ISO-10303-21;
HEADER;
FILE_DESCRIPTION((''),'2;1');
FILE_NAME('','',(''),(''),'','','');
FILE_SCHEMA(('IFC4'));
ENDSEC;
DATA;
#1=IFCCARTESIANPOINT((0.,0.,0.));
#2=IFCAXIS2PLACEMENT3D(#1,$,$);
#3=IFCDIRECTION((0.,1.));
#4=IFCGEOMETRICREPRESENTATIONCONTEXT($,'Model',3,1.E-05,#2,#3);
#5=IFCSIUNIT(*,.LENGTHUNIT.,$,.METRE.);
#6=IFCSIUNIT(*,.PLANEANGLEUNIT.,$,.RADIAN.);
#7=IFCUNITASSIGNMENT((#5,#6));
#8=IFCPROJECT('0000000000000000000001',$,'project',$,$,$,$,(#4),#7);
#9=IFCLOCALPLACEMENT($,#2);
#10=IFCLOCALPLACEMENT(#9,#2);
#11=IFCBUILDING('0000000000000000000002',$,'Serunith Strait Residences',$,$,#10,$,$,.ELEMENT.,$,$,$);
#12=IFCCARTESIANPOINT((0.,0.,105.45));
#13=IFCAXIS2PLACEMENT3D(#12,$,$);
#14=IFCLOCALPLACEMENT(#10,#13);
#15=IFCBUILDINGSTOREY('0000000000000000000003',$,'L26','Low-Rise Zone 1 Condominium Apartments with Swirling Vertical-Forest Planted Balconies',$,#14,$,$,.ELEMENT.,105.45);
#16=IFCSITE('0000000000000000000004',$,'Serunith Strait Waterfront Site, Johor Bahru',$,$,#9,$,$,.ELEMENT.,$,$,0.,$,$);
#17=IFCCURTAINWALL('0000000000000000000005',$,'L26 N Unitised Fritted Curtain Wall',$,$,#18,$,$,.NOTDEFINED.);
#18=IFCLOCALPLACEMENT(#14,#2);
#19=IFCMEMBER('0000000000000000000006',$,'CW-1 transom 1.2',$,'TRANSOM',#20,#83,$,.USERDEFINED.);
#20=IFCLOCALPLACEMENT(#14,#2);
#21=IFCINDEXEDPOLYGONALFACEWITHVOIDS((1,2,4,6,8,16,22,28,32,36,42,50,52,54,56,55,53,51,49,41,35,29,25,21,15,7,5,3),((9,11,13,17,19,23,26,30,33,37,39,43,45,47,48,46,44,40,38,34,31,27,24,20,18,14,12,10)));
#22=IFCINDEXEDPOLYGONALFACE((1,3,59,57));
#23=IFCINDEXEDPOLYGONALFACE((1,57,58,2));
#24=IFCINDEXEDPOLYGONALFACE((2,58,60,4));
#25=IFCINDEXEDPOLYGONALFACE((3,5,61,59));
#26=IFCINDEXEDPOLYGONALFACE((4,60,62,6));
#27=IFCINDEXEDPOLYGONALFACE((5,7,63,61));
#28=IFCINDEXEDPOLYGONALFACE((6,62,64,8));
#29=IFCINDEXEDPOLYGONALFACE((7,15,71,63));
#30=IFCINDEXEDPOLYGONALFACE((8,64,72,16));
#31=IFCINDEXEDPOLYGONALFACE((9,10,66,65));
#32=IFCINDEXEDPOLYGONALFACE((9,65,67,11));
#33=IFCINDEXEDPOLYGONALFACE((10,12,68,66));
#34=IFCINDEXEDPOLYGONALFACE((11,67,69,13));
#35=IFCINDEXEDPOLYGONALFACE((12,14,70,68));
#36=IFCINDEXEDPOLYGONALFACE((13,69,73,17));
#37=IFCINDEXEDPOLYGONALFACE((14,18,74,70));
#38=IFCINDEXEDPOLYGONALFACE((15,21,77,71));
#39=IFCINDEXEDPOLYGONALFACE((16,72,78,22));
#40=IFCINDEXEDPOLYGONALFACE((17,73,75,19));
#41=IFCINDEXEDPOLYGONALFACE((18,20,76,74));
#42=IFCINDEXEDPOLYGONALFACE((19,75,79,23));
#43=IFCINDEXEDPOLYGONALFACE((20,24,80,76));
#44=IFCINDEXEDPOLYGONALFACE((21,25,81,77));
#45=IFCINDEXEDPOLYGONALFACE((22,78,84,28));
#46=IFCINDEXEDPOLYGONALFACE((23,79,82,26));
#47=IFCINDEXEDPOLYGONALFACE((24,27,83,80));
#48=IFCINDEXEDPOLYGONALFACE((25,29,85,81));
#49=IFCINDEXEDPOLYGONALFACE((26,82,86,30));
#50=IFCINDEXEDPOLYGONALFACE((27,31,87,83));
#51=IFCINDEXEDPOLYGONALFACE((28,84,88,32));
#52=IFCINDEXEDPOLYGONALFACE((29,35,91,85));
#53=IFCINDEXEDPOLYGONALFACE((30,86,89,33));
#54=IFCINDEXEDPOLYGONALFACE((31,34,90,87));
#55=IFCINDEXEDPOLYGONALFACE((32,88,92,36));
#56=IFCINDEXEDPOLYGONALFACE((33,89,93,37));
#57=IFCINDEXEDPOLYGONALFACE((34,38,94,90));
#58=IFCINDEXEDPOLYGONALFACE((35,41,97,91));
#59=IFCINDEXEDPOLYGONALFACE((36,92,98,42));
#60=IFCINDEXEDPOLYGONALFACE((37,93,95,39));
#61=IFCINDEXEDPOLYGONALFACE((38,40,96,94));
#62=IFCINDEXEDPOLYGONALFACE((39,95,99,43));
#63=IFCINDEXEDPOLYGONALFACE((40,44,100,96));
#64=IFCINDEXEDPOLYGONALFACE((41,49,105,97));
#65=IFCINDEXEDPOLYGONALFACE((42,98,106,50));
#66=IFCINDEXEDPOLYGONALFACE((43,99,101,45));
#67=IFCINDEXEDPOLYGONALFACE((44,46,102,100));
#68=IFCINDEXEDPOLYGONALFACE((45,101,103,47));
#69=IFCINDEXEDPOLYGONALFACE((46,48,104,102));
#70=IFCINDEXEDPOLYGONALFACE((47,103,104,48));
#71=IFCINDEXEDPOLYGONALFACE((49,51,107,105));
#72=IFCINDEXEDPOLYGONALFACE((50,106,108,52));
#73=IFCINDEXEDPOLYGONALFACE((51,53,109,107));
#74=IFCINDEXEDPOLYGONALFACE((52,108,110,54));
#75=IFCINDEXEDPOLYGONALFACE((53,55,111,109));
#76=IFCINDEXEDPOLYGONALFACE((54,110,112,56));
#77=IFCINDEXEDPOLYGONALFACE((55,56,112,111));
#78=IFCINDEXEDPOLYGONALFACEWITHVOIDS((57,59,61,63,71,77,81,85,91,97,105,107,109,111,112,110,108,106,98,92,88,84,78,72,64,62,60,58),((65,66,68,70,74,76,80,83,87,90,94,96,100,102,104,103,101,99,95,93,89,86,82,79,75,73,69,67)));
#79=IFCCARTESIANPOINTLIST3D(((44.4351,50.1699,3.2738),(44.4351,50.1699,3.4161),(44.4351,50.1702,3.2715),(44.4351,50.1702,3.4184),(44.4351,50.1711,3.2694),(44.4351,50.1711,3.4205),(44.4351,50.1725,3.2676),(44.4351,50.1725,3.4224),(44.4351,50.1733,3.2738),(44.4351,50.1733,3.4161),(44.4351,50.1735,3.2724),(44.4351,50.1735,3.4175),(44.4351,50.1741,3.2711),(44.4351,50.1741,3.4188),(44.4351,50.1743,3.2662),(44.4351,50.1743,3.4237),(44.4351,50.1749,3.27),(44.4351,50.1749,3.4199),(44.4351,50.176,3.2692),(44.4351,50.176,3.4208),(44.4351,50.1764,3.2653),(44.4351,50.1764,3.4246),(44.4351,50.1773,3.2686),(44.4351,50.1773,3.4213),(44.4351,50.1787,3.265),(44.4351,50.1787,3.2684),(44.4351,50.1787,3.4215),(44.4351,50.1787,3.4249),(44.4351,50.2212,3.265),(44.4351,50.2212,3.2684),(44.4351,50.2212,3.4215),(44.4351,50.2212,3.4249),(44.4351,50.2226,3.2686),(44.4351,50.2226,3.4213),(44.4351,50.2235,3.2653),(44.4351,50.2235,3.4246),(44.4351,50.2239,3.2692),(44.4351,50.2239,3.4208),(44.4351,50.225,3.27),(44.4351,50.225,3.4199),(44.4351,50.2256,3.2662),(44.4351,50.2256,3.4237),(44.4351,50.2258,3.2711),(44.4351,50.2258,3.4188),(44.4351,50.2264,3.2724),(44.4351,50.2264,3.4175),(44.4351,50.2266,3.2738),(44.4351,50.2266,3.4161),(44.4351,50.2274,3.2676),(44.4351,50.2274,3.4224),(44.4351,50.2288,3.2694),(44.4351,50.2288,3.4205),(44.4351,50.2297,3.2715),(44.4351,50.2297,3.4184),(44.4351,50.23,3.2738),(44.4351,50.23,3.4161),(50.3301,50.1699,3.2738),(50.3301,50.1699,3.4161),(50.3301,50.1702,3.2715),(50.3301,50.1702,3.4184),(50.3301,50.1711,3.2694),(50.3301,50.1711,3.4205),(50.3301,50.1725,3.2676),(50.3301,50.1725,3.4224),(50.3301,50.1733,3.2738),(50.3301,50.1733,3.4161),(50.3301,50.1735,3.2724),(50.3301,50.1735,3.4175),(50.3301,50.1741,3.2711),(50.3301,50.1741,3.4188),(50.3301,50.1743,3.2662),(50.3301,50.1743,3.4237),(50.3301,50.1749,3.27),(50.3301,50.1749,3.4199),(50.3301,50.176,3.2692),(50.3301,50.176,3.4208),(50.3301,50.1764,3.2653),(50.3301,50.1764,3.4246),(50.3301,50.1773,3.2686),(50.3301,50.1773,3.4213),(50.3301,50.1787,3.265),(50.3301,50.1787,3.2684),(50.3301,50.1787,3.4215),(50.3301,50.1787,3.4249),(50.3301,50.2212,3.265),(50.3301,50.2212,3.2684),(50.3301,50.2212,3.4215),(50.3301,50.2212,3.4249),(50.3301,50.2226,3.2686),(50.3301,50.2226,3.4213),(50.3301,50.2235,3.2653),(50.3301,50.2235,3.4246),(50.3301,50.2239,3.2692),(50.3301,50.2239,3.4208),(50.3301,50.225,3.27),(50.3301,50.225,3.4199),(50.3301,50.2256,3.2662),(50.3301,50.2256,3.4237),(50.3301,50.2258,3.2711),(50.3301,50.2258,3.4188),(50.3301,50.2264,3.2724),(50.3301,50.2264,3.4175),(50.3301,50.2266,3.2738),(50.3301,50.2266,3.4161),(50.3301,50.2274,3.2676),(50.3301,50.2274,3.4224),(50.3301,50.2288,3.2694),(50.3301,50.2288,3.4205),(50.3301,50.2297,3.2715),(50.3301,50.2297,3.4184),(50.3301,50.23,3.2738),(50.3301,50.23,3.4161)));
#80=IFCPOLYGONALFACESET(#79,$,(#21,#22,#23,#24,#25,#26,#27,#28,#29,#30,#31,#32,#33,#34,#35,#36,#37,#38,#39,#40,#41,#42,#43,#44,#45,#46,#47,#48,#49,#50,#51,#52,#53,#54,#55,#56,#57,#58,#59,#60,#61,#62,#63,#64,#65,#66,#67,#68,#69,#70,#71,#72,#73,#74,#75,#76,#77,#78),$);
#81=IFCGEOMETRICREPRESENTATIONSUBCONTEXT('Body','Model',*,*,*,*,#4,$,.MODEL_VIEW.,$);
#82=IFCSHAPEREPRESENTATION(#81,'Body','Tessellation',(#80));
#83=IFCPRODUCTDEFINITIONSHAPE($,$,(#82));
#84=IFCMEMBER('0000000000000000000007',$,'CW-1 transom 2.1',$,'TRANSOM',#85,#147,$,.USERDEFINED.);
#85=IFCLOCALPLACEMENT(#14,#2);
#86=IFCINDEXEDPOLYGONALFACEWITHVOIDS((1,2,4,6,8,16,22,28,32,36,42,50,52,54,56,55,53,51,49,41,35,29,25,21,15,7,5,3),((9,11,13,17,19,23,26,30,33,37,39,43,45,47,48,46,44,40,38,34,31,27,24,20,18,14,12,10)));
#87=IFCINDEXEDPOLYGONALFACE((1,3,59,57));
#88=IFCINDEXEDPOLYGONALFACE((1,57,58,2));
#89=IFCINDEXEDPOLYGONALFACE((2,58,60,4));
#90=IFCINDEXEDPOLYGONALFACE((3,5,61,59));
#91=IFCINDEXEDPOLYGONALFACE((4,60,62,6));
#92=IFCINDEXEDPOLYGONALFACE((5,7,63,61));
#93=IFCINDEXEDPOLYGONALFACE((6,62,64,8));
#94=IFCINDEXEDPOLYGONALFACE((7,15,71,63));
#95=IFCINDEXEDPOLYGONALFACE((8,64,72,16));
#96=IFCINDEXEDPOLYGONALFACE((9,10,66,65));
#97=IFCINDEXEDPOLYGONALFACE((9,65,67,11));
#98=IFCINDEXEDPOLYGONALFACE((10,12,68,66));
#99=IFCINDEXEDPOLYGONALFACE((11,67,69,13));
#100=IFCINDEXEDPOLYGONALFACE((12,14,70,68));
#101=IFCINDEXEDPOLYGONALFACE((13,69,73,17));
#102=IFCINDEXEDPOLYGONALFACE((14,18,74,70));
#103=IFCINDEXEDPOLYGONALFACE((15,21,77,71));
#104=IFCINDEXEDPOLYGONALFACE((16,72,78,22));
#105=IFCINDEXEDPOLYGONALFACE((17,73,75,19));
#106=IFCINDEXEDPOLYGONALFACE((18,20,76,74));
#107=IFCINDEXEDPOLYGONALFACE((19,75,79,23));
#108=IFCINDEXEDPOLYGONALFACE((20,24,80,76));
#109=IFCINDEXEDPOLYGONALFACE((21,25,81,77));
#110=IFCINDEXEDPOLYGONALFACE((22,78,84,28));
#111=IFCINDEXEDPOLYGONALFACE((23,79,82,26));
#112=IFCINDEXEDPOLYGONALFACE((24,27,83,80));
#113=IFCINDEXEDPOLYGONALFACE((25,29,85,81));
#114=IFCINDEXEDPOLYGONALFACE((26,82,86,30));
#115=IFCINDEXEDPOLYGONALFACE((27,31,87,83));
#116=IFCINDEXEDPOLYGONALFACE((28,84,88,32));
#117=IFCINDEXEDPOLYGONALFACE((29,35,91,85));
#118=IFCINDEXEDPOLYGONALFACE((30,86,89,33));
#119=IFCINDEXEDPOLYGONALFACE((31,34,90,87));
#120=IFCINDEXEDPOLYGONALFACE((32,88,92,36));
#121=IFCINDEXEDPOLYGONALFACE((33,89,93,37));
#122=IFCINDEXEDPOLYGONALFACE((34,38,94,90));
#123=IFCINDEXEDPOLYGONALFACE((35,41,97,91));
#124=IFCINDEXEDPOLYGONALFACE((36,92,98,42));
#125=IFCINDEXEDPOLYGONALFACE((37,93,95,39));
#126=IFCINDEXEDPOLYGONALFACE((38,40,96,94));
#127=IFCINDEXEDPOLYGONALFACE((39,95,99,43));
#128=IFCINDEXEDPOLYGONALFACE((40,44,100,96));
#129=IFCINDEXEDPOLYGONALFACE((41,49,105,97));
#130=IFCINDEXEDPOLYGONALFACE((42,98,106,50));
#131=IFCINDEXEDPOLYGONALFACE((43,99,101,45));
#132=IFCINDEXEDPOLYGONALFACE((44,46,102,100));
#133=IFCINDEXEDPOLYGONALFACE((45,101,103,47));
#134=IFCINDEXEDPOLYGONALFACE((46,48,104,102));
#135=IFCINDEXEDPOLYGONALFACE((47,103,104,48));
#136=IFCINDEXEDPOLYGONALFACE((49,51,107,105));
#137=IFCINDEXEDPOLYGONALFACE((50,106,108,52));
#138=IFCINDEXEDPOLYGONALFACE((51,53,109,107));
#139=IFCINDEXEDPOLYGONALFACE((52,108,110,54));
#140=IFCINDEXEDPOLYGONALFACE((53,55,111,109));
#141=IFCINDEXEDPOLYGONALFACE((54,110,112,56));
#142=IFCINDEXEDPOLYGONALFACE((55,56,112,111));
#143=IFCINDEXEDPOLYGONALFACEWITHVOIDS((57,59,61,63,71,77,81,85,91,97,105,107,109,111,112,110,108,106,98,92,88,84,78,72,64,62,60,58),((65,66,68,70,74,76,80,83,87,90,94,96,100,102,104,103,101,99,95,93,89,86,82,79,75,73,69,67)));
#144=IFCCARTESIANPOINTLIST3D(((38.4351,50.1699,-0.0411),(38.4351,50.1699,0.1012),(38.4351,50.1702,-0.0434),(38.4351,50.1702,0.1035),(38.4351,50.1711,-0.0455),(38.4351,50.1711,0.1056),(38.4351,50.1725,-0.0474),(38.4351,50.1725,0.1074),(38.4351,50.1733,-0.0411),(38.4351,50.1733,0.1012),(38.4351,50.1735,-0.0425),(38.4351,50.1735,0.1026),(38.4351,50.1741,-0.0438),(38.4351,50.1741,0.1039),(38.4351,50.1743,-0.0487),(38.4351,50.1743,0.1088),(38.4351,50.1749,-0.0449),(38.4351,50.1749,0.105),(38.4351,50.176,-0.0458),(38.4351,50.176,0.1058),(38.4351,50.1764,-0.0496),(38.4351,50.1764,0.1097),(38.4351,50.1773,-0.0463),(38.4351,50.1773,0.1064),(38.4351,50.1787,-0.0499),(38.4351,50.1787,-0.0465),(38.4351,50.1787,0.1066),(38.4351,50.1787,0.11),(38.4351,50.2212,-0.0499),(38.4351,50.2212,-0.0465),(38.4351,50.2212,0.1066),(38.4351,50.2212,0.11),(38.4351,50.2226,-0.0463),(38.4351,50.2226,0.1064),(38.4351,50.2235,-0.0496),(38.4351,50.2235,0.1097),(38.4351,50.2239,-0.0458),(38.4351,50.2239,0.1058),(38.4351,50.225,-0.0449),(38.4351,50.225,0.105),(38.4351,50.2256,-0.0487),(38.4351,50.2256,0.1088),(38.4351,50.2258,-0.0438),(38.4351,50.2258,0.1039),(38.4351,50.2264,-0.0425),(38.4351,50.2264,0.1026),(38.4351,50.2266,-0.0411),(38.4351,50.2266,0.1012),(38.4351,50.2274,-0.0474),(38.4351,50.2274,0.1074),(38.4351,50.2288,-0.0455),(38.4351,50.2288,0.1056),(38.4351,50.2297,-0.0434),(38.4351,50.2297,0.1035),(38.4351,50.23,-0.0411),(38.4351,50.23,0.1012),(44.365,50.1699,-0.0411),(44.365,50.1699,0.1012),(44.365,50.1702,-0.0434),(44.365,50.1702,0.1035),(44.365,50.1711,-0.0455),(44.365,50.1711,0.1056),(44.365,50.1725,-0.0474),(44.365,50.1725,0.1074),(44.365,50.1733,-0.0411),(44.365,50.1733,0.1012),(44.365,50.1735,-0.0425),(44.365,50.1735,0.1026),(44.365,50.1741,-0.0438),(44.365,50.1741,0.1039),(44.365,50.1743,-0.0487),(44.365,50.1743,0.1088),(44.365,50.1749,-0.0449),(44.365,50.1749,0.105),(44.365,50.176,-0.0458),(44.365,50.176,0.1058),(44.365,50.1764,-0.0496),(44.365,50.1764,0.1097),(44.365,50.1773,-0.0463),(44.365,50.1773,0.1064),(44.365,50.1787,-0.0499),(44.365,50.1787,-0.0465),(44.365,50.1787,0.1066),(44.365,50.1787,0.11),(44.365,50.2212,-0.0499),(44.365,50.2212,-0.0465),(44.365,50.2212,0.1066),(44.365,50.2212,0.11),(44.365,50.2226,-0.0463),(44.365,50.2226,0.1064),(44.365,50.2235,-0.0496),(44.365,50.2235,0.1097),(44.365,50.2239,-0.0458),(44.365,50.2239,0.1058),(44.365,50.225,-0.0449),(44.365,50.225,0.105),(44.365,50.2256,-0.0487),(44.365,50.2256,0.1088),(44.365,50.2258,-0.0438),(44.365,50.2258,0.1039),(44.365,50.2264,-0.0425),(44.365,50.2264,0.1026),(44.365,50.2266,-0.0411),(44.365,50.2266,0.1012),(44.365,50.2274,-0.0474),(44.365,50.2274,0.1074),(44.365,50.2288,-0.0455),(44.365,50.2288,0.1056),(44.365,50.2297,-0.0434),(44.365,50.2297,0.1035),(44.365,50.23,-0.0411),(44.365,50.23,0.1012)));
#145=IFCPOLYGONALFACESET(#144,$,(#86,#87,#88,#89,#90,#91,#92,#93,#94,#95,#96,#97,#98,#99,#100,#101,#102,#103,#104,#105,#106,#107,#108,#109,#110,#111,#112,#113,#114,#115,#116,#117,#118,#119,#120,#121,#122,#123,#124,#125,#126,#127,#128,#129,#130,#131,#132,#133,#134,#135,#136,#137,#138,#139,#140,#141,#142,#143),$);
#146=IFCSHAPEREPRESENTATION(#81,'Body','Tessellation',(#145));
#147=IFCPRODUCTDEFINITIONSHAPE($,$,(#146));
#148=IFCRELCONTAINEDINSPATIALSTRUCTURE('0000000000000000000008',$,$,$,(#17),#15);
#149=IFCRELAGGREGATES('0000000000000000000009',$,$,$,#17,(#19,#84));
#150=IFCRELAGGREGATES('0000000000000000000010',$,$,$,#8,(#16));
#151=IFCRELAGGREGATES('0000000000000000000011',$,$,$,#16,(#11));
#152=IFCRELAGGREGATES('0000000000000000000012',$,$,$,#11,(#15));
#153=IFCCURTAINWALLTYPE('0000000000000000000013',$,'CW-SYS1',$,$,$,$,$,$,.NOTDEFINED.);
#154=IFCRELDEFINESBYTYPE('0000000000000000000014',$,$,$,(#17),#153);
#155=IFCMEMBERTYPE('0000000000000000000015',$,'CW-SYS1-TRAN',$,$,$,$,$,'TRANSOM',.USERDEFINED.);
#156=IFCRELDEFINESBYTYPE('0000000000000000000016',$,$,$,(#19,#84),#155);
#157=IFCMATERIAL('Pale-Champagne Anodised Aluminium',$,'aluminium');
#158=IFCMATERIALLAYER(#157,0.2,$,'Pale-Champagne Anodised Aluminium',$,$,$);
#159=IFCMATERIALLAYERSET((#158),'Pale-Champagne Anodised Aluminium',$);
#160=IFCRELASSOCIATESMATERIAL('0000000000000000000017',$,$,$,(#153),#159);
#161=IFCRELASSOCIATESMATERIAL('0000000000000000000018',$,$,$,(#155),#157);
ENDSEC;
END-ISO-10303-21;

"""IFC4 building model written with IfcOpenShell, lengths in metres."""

from ifc_helpers import new_model, si_unit, direction, frame, origin, origin_2d, place, context, subcontext, project, spatial, hollow_rectangle, extrude, source, transform, mapped, material, layer, layer_set, material_profile, profile_set, type_object, element, aggregate, save


model = new_model("IFC4")

# Units and contexts
model_context = context("Model", 3, precision=1e-05, world=origin(), true_north=direction((0.0, 1.0)))
body_context = subcontext(model_context, "Body", "Model", "MODEL_VIEW")
ifc_project = project(units=[si_unit("LENGTHUNIT", "METRE"), si_unit("PLANEANGLEUNIT", "RADIAN")], contexts=[model_context])

# Site, building, storey
site_placement = place(None, origin())
site = spatial("IfcSite", under=ifc_project, at=site_placement, Name="Serunith Strait Waterfront Site, Johor Bahru", CompositionType="ELEMENT", RefElevation=0.0)
building_placement = place(site_placement, origin())
building = spatial("IfcBuilding", under=site, at=building_placement, Name="Serunith Strait Residences", CompositionType="ELEMENT")
storey_placement = place(building_placement, frame((0.0, 0.0, 105.45)))
storey = spatial("IfcBuildingStorey", under=building, at=storey_placement, Name="L26", Description="Low-Rise Zone 1 Condominium Apartments with Swirling Vertical-Forest Planted Balconies", CompositionType="ELEMENT", Elevation=105.45)

# Curtain wall, members
ifc_material_1 = material(Name="Pale-Champagne Anodised Aluminium", Category="aluminium")
ifc_layer_1 = layer(ifc_material_1, 0.2, Name="Pale-Champagne Anodised Aluminium")
ifc_layer_set_1 = layer_set([ifc_layer_1], Name="Pale-Champagne Anodised Aluminium")
curtain_wall_type = type_object("IfcCurtainWallType", Name="CW-SYS1", PredefinedType="NOTDEFINED", material=ifc_layer_set_1)
curtain_wall_1_placement = place(storey_placement, origin())
curtain_wall_1 = element("IfcCurtainWall", 1, at=curtain_wall_1_placement, inside=storey, type_object=curtain_wall_type, Name="L26 N Unitised Fritted Curtain Wall", PredefinedType="NOTDEFINED")
ifc_material_profile_1 = material_profile(ifc_material_1, hollow_rectangle(XDim=0.0601, YDim=0.1599, WallThickness=0.0034, InnerFilletRadius=0.0054, OuterFilletRadius=0.0088, at=origin_2d()), Name="ALU 160x60x3.5")
ifc_profile_set_1 = profile_set([ifc_material_profile_1], Name="Pale-Champagne Anodised Aluminium")
member_type_1 = type_object("IfcMemberType", Name="CW-SYS1-TRAN", ElementType="TRANSOM", PredefinedType="USERDEFINED", material=ifc_profile_set_1)
shared_shape_1 = source(origin(), body_context, "Body", "SweptSolid", [
    extrude(hollow_rectangle(XDim=0.0601, YDim=0.1599, WallThickness=0.0034, InnerFilletRadius=0.0054, OuterFilletRadius=0.0088, at=origin_2d()), origin(), (0.0, 0.0, 1.0), 5.895),
])
member_1_placement = place(storey_placement, frame((50.3301, 50.2, 3.345), z_axis=(-1.0, 0.0, 0.0), x_axis=(0.0, -1.0, 0.0)))
member_1 = element("IfcMember", 2, at=member_1_placement, type_object=member_type_1, Name="CW-1 transom 1.2", ObjectType="TRANSOM", PredefinedType="USERDEFINED", context=body_context, shape_type="MappedRepresentation", body=[
    mapped(shared_shape_1, transform((0.0, 0.0, 0.0), scale=1.0)),
])
shared_shape_2 = source(origin(), body_context, "Body", "SweptSolid", [
    extrude(hollow_rectangle(XDim=0.0601, YDim=0.1599, WallThickness=0.0034, InnerFilletRadius=0.0054, OuterFilletRadius=0.0088, at=origin_2d()), origin(), (0.0, 0.0, 1.0), 5.9299),
])
member_2_placement = place(storey_placement, frame((44.365, 50.2, 0.03), z_axis=(-1.0, 0.0, 0.0), x_axis=(0.0, -1.0, 0.0)))
member_2 = element("IfcMember", 3, at=member_2_placement, type_object=member_type_1, Name="CW-1 transom 2.1", ObjectType="TRANSOM", PredefinedType="USERDEFINED", context=body_context, shape_type="MappedRepresentation", body=[
    mapped(shared_shape_2, transform((0.0, 0.0, 0.0), scale=1.0)),
])

aggregate(curtain_wall_1, [member_1, member_2])

save(model, "model.ifc")
